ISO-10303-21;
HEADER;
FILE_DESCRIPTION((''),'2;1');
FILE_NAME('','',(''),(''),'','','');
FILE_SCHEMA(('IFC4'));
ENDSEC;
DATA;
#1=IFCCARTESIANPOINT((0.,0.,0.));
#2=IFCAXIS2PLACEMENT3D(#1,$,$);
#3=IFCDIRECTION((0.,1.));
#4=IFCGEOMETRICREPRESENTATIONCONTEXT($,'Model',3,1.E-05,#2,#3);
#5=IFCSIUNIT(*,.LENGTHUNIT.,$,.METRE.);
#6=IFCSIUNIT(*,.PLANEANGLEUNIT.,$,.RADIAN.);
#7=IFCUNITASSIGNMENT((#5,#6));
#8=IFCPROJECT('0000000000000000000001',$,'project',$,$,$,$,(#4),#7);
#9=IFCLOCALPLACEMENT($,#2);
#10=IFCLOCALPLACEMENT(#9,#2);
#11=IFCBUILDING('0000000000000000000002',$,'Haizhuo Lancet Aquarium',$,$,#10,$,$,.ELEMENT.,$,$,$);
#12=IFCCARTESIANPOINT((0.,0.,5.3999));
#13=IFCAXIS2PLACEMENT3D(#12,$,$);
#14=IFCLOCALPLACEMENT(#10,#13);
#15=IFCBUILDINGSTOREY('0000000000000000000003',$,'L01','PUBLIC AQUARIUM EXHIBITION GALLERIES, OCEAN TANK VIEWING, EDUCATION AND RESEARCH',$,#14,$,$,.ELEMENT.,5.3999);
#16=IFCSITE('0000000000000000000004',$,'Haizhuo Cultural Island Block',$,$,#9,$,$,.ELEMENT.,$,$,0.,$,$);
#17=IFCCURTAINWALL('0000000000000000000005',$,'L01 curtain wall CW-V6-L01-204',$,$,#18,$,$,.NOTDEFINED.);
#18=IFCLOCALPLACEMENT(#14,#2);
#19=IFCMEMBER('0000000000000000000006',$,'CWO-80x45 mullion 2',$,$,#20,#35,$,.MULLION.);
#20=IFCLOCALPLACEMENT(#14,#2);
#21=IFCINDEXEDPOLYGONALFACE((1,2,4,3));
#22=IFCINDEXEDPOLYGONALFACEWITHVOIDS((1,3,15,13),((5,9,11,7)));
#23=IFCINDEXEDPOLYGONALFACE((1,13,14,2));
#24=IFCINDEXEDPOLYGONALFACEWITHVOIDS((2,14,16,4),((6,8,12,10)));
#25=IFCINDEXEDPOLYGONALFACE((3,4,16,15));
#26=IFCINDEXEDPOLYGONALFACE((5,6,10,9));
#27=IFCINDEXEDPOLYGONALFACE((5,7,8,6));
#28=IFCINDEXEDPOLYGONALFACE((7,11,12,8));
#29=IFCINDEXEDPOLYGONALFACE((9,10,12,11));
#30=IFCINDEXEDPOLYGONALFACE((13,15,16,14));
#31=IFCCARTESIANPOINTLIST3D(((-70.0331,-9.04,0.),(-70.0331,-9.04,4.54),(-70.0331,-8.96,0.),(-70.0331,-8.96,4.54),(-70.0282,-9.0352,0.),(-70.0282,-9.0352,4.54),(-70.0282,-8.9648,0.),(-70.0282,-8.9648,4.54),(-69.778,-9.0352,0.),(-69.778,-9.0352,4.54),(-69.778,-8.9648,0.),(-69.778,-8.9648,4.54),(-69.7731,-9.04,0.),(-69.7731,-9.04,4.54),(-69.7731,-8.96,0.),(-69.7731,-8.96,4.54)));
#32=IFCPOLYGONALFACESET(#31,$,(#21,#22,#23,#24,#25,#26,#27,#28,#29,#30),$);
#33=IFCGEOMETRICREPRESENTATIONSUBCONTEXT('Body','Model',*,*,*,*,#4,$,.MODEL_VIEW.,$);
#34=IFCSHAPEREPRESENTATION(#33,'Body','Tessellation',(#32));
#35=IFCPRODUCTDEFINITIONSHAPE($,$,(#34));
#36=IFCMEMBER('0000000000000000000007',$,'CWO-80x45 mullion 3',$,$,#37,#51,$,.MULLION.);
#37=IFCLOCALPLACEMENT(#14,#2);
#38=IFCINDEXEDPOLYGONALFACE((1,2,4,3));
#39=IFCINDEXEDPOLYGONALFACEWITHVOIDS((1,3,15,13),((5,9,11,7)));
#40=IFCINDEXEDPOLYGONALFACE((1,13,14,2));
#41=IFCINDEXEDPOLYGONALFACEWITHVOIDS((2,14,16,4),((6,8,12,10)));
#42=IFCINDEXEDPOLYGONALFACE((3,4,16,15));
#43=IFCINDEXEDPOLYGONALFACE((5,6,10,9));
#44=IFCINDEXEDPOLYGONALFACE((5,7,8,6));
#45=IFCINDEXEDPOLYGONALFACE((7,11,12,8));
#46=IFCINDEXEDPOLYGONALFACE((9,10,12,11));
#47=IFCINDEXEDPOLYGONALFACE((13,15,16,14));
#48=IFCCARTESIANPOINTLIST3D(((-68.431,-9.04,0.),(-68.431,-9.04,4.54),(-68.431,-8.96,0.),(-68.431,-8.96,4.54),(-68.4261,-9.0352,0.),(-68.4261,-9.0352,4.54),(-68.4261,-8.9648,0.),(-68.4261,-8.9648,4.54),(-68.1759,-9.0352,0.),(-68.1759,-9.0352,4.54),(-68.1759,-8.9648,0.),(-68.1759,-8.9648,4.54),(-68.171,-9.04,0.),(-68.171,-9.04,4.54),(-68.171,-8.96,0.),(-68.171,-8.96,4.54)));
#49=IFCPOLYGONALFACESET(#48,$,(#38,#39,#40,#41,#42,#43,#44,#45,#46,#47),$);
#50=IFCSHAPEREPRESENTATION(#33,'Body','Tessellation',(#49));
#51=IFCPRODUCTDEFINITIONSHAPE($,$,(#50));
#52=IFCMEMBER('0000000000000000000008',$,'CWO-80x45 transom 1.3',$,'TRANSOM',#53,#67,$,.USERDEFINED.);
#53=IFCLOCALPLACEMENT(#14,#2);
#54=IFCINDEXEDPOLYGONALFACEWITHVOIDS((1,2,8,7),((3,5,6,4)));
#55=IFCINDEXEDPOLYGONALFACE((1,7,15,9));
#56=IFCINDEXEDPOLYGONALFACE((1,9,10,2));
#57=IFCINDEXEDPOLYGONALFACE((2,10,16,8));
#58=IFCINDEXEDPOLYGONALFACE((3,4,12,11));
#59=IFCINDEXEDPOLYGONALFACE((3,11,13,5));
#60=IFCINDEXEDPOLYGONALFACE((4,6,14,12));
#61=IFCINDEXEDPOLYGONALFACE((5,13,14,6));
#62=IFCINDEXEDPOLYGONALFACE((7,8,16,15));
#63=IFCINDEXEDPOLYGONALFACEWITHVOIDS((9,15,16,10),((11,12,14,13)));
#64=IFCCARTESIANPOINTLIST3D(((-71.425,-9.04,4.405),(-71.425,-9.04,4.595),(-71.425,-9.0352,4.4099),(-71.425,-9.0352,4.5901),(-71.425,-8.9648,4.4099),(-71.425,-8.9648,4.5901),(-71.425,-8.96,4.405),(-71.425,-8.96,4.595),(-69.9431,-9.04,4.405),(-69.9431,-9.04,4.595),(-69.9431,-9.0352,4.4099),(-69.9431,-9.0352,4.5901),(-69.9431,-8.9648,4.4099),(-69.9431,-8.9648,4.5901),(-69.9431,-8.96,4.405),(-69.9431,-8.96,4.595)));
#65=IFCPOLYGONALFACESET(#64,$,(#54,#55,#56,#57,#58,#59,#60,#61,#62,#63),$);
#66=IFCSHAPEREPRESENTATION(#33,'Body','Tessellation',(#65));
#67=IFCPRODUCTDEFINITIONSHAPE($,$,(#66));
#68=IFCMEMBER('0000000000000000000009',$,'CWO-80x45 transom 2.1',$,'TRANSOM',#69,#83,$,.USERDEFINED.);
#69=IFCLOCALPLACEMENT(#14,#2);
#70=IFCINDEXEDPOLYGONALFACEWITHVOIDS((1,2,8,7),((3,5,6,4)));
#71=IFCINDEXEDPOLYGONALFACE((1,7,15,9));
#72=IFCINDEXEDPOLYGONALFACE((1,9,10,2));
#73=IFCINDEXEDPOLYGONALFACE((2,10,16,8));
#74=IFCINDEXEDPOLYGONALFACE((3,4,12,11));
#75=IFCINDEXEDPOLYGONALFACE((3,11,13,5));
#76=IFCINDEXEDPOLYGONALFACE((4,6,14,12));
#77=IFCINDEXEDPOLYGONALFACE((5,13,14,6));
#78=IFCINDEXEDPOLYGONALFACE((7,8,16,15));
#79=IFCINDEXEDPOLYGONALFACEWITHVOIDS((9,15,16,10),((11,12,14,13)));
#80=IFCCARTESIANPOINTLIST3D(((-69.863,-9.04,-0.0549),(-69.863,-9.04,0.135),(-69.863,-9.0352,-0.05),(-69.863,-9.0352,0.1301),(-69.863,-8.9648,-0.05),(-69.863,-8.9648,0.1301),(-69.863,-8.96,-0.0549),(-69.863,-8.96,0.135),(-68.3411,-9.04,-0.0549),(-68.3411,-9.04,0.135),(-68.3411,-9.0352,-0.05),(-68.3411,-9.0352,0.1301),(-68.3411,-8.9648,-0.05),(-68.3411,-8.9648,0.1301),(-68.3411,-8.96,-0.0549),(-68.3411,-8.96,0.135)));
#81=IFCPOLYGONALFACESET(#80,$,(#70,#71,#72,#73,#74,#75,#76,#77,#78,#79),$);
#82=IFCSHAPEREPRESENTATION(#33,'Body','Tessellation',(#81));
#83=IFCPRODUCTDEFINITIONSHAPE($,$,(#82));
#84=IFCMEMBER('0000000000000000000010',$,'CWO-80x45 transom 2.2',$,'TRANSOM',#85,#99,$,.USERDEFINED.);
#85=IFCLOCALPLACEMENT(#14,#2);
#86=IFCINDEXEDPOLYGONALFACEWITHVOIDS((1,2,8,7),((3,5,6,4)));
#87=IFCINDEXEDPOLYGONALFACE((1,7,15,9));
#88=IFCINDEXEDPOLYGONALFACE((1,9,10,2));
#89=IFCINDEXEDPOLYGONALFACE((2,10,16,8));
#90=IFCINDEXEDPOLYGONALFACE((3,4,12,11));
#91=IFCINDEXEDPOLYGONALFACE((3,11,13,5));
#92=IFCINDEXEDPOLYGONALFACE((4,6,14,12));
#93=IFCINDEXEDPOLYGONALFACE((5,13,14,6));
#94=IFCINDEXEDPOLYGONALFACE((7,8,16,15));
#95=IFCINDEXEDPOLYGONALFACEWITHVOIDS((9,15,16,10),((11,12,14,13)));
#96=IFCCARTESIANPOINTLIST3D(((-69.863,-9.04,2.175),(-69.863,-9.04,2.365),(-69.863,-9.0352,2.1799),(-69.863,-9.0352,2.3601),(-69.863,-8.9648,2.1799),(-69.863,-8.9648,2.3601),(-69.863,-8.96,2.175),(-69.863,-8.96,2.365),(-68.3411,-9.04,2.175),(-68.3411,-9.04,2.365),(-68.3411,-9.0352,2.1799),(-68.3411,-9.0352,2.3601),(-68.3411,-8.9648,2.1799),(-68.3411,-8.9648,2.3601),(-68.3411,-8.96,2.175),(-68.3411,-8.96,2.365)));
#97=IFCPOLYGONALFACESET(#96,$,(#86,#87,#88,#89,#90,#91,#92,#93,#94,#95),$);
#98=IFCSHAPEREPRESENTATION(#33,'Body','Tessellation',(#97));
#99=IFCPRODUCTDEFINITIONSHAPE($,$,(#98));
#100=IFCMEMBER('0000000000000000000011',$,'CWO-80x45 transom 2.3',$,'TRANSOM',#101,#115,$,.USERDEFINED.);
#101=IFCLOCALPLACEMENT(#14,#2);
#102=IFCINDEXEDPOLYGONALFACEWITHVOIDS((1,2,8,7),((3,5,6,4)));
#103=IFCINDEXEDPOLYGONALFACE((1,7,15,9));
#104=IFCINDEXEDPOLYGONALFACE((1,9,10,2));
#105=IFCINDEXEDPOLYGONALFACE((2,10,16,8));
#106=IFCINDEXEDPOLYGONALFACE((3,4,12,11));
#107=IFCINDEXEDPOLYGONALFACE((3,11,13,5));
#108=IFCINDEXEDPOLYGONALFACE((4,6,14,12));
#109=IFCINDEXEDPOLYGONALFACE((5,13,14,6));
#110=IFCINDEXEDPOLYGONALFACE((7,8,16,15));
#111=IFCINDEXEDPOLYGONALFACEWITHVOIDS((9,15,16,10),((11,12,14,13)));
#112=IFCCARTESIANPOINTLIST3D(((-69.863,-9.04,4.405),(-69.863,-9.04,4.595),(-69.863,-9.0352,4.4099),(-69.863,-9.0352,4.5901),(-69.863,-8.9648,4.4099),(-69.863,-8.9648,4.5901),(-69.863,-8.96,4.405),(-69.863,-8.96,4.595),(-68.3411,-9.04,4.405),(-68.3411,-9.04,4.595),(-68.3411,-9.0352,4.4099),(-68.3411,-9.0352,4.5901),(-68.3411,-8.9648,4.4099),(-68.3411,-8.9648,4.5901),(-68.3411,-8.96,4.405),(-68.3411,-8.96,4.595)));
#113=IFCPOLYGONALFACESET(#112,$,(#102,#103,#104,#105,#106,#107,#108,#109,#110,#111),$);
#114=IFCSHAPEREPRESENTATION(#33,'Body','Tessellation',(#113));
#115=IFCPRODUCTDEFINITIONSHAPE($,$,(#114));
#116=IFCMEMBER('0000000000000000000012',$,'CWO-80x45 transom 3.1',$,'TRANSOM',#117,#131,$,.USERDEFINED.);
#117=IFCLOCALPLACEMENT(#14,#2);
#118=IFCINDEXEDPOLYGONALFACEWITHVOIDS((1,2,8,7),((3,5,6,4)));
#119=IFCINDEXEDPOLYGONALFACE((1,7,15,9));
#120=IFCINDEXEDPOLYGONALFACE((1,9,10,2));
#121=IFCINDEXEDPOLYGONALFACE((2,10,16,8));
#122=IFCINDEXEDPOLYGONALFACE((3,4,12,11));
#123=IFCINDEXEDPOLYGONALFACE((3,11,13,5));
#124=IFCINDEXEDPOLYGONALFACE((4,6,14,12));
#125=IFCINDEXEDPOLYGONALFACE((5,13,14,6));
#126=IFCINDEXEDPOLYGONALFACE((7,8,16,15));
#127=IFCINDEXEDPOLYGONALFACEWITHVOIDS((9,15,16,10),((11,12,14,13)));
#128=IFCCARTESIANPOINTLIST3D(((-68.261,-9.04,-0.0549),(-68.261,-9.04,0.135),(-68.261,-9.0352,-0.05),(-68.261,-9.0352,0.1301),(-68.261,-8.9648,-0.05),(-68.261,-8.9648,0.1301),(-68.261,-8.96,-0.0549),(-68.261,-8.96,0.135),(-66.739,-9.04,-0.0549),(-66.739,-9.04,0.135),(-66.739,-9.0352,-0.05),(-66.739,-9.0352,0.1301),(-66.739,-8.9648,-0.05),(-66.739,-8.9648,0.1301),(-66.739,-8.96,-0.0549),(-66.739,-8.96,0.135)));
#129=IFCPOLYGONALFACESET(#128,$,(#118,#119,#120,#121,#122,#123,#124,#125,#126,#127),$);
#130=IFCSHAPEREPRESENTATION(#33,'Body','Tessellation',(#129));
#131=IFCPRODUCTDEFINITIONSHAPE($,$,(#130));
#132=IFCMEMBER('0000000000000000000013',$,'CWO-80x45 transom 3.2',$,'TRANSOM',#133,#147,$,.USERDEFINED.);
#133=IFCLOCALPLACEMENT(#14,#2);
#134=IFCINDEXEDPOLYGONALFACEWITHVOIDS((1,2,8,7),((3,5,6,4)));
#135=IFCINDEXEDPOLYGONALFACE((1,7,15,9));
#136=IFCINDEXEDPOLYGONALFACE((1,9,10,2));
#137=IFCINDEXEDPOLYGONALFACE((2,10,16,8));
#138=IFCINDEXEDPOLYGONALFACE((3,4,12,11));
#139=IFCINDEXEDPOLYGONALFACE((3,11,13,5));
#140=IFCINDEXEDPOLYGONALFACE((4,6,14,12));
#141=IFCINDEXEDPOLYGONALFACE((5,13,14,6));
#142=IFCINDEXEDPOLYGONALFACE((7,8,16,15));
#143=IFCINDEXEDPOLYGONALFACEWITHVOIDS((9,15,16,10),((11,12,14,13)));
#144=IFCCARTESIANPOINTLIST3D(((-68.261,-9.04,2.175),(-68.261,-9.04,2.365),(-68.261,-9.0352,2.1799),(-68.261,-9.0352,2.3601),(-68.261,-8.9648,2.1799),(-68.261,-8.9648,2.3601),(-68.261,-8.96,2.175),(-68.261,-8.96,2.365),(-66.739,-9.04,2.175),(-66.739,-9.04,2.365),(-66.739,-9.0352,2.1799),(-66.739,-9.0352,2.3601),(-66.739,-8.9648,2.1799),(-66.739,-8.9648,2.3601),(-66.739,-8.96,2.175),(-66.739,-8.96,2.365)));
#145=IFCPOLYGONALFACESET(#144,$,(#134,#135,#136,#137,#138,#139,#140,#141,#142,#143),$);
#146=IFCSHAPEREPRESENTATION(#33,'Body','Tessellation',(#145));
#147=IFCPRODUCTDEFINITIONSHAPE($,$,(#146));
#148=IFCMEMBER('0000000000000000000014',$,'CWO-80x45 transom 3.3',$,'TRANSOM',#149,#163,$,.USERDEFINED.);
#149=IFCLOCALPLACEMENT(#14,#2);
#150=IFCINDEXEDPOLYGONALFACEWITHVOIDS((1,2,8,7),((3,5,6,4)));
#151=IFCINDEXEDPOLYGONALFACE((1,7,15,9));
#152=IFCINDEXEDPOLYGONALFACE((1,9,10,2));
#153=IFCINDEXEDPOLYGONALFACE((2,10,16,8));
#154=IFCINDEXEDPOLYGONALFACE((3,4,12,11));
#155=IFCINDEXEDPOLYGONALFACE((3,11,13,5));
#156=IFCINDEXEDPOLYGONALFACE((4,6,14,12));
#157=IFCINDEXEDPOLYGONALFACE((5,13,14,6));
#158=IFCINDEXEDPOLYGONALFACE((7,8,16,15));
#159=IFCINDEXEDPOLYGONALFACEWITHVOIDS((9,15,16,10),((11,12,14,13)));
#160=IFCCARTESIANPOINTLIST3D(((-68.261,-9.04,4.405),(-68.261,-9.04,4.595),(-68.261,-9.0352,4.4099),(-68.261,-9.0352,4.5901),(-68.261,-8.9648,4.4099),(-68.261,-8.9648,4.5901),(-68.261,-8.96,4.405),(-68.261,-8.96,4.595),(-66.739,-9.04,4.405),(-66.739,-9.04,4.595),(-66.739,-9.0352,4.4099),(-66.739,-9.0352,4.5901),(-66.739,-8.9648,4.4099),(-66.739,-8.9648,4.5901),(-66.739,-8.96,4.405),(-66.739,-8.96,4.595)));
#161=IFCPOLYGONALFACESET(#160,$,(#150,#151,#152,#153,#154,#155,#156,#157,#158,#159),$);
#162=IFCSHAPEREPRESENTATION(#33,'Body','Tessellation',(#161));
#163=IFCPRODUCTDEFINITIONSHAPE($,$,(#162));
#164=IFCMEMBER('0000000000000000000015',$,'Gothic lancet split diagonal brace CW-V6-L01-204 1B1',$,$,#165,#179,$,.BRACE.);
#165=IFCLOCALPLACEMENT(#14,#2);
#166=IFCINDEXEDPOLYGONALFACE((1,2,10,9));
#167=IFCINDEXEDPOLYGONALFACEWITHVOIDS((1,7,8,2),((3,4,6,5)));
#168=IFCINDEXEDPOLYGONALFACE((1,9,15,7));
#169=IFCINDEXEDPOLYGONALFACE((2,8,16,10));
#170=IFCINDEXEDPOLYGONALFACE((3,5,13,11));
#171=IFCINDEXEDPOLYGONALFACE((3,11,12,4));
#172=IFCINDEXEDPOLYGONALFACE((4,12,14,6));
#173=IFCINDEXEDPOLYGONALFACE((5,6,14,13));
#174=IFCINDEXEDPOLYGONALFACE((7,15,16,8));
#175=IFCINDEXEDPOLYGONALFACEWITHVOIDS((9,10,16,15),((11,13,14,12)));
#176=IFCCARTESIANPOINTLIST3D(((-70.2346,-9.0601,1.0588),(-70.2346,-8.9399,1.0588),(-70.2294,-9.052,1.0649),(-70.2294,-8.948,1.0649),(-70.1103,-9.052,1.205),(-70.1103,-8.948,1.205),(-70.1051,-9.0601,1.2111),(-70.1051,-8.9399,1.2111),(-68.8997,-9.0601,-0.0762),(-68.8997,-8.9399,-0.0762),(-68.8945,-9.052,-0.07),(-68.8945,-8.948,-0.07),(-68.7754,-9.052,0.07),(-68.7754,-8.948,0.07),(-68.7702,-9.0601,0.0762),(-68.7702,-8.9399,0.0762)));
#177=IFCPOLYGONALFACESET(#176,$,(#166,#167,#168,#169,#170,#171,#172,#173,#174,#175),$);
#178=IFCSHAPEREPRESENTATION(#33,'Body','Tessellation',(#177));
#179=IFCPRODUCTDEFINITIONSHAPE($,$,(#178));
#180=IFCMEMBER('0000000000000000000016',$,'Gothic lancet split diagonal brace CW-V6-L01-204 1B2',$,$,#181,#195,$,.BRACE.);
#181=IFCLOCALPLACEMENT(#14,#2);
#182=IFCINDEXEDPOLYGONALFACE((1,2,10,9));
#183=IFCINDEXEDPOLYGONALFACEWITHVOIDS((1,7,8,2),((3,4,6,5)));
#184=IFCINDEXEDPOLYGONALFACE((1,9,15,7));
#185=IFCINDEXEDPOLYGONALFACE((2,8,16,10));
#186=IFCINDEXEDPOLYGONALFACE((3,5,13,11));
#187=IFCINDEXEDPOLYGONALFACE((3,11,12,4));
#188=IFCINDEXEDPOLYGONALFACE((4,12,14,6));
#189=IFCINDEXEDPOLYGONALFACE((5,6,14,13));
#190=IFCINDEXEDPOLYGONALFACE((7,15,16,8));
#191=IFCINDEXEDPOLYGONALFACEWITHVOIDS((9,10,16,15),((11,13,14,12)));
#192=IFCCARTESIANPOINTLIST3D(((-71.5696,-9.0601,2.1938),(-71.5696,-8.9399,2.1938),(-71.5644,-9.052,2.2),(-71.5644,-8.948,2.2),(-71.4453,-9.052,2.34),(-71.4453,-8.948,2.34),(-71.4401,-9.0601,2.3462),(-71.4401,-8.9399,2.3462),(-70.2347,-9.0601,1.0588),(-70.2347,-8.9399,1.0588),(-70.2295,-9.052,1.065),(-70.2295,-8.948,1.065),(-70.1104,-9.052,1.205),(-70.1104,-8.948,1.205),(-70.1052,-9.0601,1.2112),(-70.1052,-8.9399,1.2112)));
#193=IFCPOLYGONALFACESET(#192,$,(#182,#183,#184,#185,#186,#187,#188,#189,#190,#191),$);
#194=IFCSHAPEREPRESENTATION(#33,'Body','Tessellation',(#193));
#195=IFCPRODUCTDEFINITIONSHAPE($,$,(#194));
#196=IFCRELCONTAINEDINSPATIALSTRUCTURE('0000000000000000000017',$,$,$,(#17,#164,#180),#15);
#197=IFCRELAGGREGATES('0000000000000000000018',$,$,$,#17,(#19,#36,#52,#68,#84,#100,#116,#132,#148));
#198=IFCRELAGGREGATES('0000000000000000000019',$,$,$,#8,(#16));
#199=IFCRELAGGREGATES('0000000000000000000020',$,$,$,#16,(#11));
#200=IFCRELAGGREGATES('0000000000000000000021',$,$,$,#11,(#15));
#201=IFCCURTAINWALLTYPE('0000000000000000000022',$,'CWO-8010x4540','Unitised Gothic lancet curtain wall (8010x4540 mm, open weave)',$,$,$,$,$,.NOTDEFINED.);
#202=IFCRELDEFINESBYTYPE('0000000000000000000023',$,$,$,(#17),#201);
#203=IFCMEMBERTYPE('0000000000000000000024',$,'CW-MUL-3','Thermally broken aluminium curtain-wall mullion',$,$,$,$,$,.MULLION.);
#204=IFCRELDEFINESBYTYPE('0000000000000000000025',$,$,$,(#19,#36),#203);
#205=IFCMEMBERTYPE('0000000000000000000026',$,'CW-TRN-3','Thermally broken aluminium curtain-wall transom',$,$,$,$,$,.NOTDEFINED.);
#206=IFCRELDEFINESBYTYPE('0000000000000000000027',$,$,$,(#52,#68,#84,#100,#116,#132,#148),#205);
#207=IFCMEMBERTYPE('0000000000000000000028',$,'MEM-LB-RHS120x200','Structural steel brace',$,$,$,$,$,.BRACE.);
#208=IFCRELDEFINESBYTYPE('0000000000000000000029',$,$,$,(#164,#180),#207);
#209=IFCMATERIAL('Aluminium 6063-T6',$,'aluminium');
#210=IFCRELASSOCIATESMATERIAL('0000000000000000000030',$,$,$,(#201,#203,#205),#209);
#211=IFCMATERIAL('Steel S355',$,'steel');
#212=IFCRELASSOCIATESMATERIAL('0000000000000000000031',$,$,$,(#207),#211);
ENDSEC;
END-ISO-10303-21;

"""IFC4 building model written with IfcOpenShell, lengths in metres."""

from ifc_helpers import new_model, si_unit, direction, frame, origin, origin_2d, place, context, subcontext, project, spatial, hollow_rectangle, extrude, material, material_profile, profile_set, type_object, element, aggregate, save


model = new_model("IFC4")

# Units and contexts
model_context = context("Model", 3, precision=1e-05, world=origin(), true_north=direction((0.0, 1.0)))
body_context = subcontext(model_context, "Body", "Model", "MODEL_VIEW")
ifc_project = project(units=[si_unit("LENGTHUNIT", "METRE"), si_unit("PLANEANGLEUNIT", "RADIAN")], contexts=[model_context])

# Site, building, storey
site_placement = place(None, origin())
site = spatial("IfcSite", under=ifc_project, at=site_placement, Name="Haizhuo Cultural Island Block", CompositionType="ELEMENT", RefElevation=0.0)
building_placement = place(site_placement, origin())
building = spatial("IfcBuilding", under=site, at=building_placement, Name="Haizhuo Lancet Aquarium", CompositionType="ELEMENT")
storey_placement = place(building_placement, frame((0.0, 0.0, 5.3999)))
storey = spatial("IfcBuildingStorey", under=building, at=storey_placement, Name="L01", Description="PUBLIC AQUARIUM EXHIBITION GALLERIES, OCEAN TANK VIEWING, EDUCATION AND RESEARCH", CompositionType="ELEMENT", Elevation=5.3999)

# Curtain wall, members
ifc_material_1 = material(Name="Aluminium 6063-T6", Category="aluminium")
curtain_wall_type = type_object("IfcCurtainWallType", Name="CWO-8010x4540", Description="Unitised Gothic lancet curtain wall (8010x4540 mm, open weave)", PredefinedType="NOTDEFINED", material=ifc_material_1)
curtain_wall_placement = place(storey_placement, origin())
curtain_wall = element("IfcCurtainWall", 1, at=curtain_wall_placement, inside=storey, type_object=curtain_wall_type, Name="L01 curtain wall CW-V6-L01-204", PredefinedType="NOTDEFINED")
ifc_material_profile_1 = material_profile(ifc_material_1, hollow_rectangle(XDim=0.0801, YDim=0.26, WallThickness=0.0049, at=origin_2d()), Name="ALU-M 80x260x5")
ifc_profile_set_1 = profile_set([ifc_material_profile_1], Name="Aluminium 6063-T6")
member_type_1 = type_object("IfcMemberType", Name="CW-MUL-3", Description="Thermally broken aluminium curtain-wall mullion", PredefinedType="MULLION", material=ifc_profile_set_1)
member_1_placement = place(storey_placement, frame((-69.9031, -9.0, 0.0), z_axis=(0.0, 0.0, 1.0), x_axis=(0.0, 1.0, 0.0)))
member_1 = element("IfcMember", 2, at=member_1_placement, type_object=member_type_1, Name="CWO-80x45 mullion 2", PredefinedType="MULLION", context=body_context, shape_type="SweptSolid", body=[
    extrude(hollow_rectangle(XDim=0.0801, YDim=0.26, WallThickness=0.0049, at=origin_2d()), origin(), (0.0, 0.0, 1.0), 4.54),
])
member_2_placement = place(storey_placement, frame((-68.301, -9.0, 0.0), z_axis=(0.0, 0.0, 1.0), x_axis=(0.0, 1.0, 0.0)))
member_2 = element("IfcMember", 3, at=member_2_placement, type_object=member_type_1, Name="CWO-80x45 mullion 3", PredefinedType="MULLION", context=body_context, shape_type="SweptSolid", body=[
    extrude(hollow_rectangle(XDim=0.0801, YDim=0.26, WallThickness=0.0049, at=origin_2d()), origin(), (0.0, 0.0, 1.0), 4.54),
])
ifc_material_profile_2 = material_profile(ifc_material_1, hollow_rectangle(XDim=0.0801, YDim=0.1899, WallThickness=0.0049, at=origin_2d()), Name="ALU-T 80x190x5")
ifc_profile_set_2 = profile_set([ifc_material_profile_2], Name="Aluminium 6063-T6")
member_type_2 = type_object("IfcMemberType", Name="CW-TRN-3", Description="Thermally broken aluminium curtain-wall transom", PredefinedType="NOTDEFINED", material=ifc_profile_set_2)
member_3_placement = place(storey_placement, frame((-71.425, -9.0, 4.5), z_axis=(1.0, 0.0, 0.0), x_axis=(0.0, 1.0, 0.0)))
member_3 = element("IfcMember", 4, at=member_3_placement, type_object=member_type_2, Name="CWO-80x45 transom 1.3", ObjectType="TRANSOM", PredefinedType="USERDEFINED", context=body_context, shape_type="SweptSolid", body=[
    extrude(hollow_rectangle(XDim=0.0801, YDim=0.1899, WallThickness=0.0049, at=origin_2d()), origin(), (0.0, 0.0, 1.0), 1.4819),
])
member_4_placement = place(storey_placement, frame((-69.863, -9.0, 0.04), z_axis=(1.0, 0.0, 0.0), x_axis=(0.0, 1.0, 0.0)))
member_4 = element("IfcMember", 5, at=member_4_placement, type_object=member_type_2, Name="CWO-80x45 transom 2.1", ObjectType="TRANSOM", PredefinedType="USERDEFINED", context=body_context, shape_type="SweptSolid", body=[
    extrude(hollow_rectangle(XDim=0.0801, YDim=0.1899, WallThickness=0.0049, at=origin_2d()), origin(), (0.0, 0.0, 1.0), 1.522),
])
member_5_placement = place(storey_placement, frame((-69.863, -9.0, 2.27), z_axis=(1.0, 0.0, 0.0), x_axis=(0.0, 1.0, 0.0)))
member_5 = element("IfcMember", 6, at=member_5_placement, type_object=member_type_2, Name="CWO-80x45 transom 2.2", ObjectType="TRANSOM", PredefinedType="USERDEFINED", context=body_context, shape_type="SweptSolid", body=[
    extrude(hollow_rectangle(XDim=0.0801, YDim=0.1899, WallThickness=0.0049, at=origin_2d()), origin(), (0.0, 0.0, 1.0), 1.522),
])
member_6_placement = place(storey_placement, frame((-69.863, -9.0, 4.5), z_axis=(1.0, 0.0, 0.0), x_axis=(0.0, 1.0, 0.0)))
member_6 = element("IfcMember", 7, at=member_6_placement, type_object=member_type_2, Name="CWO-80x45 transom 2.3", ObjectType="TRANSOM", PredefinedType="USERDEFINED", context=body_context, shape_type="SweptSolid", body=[
    extrude(hollow_rectangle(XDim=0.0801, YDim=0.1899, WallThickness=0.0049, at=origin_2d()), origin(), (0.0, 0.0, 1.0), 1.522),
])
member_7_placement = place(storey_placement, frame((-68.261, -9.0, 0.04), z_axis=(1.0, 0.0, 0.0), x_axis=(0.0, 1.0, 0.0)))
member_7 = element("IfcMember", 8, at=member_7_placement, type_object=member_type_2, Name="CWO-80x45 transom 3.1", ObjectType="TRANSOM", PredefinedType="USERDEFINED", context=body_context, shape_type="SweptSolid", body=[
    extrude(hollow_rectangle(XDim=0.0801, YDim=0.1899, WallThickness=0.0049, at=origin_2d()), origin(), (0.0, 0.0, 1.0), 1.522),
])
member_8_placement = place(storey_placement, frame((-68.261, -9.0, 2.27), z_axis=(1.0, 0.0, 0.0), x_axis=(0.0, 1.0, 0.0)))
member_8 = element("IfcMember", 9, at=member_8_placement, type_object=member_type_2, Name="CWO-80x45 transom 3.2", ObjectType="TRANSOM", PredefinedType="USERDEFINED", context=body_context, shape_type="SweptSolid", body=[
    extrude(hollow_rectangle(XDim=0.0801, YDim=0.1899, WallThickness=0.0049, at=origin_2d()), origin(), (0.0, 0.0, 1.0), 1.522),
])
member_9_placement = place(storey_placement, frame((-68.261, -9.0, 4.5), z_axis=(1.0, 0.0, 0.0), x_axis=(0.0, 1.0, 0.0)))
member_9 = element("IfcMember", 10, at=member_9_placement, type_object=member_type_2, Name="CWO-80x45 transom 3.3", ObjectType="TRANSOM", PredefinedType="USERDEFINED", context=body_context, shape_type="SweptSolid", body=[
    extrude(hollow_rectangle(XDim=0.0801, YDim=0.1899, WallThickness=0.0049, at=origin_2d()), origin(), (0.0, 0.0, 1.0), 1.522),
])

# Members
ifc_material_2 = material(Name="Steel S355", Category="steel")
ifc_material_profile_3 = material_profile(ifc_material_2, hollow_rectangle(XDim=0.1201, YDim=0.2, WallThickness=0.0081, at=origin_2d()), Name="RHS 120x200x8")
ifc_profile_set_3 = profile_set([ifc_material_profile_3], Name="Steel S355")
member_type_3 = type_object("IfcMemberType", Name="MEM-LB-RHS120x200", Description="Structural steel brace", PredefinedType="BRACE", material=ifc_profile_set_3)
for number, where, z_axis, x_axis, name in (
    (11, (-68.835, -9.0, 0.0), (-0.761857, 0.0, 0.647745), (0.0, -1.0, 0.0), "Gothic lancet split diagonal brace CW-V6-L01-204 1B1"),
    (12, (-70.1699, -9.0, 1.135), (-0.761857, 0.0, 0.647745), (0.0, -1.0, 0.0), "Gothic lancet split diagonal brace CW-V6-L01-204 1B2"),
):
    element("IfcMember", number, at=place(storey_placement, frame(where, z_axis=z_axis, x_axis=x_axis)), inside=storey, type_object=member_type_3, Name=name, PredefinedType="BRACE", context=body_context, shape_type="SweptSolid", body=[
        extrude(hollow_rectangle(XDim=0.1201, YDim=0.2, WallThickness=0.0081, at=origin_2d()), origin(), (0.0, 0.0, 1.0), 1.7522),
    ])

aggregate(curtain_wall, [member_1, member_2, member_3, member_4, member_5, member_6, member_7, member_8, member_9])

save(model, "model.ifc")
